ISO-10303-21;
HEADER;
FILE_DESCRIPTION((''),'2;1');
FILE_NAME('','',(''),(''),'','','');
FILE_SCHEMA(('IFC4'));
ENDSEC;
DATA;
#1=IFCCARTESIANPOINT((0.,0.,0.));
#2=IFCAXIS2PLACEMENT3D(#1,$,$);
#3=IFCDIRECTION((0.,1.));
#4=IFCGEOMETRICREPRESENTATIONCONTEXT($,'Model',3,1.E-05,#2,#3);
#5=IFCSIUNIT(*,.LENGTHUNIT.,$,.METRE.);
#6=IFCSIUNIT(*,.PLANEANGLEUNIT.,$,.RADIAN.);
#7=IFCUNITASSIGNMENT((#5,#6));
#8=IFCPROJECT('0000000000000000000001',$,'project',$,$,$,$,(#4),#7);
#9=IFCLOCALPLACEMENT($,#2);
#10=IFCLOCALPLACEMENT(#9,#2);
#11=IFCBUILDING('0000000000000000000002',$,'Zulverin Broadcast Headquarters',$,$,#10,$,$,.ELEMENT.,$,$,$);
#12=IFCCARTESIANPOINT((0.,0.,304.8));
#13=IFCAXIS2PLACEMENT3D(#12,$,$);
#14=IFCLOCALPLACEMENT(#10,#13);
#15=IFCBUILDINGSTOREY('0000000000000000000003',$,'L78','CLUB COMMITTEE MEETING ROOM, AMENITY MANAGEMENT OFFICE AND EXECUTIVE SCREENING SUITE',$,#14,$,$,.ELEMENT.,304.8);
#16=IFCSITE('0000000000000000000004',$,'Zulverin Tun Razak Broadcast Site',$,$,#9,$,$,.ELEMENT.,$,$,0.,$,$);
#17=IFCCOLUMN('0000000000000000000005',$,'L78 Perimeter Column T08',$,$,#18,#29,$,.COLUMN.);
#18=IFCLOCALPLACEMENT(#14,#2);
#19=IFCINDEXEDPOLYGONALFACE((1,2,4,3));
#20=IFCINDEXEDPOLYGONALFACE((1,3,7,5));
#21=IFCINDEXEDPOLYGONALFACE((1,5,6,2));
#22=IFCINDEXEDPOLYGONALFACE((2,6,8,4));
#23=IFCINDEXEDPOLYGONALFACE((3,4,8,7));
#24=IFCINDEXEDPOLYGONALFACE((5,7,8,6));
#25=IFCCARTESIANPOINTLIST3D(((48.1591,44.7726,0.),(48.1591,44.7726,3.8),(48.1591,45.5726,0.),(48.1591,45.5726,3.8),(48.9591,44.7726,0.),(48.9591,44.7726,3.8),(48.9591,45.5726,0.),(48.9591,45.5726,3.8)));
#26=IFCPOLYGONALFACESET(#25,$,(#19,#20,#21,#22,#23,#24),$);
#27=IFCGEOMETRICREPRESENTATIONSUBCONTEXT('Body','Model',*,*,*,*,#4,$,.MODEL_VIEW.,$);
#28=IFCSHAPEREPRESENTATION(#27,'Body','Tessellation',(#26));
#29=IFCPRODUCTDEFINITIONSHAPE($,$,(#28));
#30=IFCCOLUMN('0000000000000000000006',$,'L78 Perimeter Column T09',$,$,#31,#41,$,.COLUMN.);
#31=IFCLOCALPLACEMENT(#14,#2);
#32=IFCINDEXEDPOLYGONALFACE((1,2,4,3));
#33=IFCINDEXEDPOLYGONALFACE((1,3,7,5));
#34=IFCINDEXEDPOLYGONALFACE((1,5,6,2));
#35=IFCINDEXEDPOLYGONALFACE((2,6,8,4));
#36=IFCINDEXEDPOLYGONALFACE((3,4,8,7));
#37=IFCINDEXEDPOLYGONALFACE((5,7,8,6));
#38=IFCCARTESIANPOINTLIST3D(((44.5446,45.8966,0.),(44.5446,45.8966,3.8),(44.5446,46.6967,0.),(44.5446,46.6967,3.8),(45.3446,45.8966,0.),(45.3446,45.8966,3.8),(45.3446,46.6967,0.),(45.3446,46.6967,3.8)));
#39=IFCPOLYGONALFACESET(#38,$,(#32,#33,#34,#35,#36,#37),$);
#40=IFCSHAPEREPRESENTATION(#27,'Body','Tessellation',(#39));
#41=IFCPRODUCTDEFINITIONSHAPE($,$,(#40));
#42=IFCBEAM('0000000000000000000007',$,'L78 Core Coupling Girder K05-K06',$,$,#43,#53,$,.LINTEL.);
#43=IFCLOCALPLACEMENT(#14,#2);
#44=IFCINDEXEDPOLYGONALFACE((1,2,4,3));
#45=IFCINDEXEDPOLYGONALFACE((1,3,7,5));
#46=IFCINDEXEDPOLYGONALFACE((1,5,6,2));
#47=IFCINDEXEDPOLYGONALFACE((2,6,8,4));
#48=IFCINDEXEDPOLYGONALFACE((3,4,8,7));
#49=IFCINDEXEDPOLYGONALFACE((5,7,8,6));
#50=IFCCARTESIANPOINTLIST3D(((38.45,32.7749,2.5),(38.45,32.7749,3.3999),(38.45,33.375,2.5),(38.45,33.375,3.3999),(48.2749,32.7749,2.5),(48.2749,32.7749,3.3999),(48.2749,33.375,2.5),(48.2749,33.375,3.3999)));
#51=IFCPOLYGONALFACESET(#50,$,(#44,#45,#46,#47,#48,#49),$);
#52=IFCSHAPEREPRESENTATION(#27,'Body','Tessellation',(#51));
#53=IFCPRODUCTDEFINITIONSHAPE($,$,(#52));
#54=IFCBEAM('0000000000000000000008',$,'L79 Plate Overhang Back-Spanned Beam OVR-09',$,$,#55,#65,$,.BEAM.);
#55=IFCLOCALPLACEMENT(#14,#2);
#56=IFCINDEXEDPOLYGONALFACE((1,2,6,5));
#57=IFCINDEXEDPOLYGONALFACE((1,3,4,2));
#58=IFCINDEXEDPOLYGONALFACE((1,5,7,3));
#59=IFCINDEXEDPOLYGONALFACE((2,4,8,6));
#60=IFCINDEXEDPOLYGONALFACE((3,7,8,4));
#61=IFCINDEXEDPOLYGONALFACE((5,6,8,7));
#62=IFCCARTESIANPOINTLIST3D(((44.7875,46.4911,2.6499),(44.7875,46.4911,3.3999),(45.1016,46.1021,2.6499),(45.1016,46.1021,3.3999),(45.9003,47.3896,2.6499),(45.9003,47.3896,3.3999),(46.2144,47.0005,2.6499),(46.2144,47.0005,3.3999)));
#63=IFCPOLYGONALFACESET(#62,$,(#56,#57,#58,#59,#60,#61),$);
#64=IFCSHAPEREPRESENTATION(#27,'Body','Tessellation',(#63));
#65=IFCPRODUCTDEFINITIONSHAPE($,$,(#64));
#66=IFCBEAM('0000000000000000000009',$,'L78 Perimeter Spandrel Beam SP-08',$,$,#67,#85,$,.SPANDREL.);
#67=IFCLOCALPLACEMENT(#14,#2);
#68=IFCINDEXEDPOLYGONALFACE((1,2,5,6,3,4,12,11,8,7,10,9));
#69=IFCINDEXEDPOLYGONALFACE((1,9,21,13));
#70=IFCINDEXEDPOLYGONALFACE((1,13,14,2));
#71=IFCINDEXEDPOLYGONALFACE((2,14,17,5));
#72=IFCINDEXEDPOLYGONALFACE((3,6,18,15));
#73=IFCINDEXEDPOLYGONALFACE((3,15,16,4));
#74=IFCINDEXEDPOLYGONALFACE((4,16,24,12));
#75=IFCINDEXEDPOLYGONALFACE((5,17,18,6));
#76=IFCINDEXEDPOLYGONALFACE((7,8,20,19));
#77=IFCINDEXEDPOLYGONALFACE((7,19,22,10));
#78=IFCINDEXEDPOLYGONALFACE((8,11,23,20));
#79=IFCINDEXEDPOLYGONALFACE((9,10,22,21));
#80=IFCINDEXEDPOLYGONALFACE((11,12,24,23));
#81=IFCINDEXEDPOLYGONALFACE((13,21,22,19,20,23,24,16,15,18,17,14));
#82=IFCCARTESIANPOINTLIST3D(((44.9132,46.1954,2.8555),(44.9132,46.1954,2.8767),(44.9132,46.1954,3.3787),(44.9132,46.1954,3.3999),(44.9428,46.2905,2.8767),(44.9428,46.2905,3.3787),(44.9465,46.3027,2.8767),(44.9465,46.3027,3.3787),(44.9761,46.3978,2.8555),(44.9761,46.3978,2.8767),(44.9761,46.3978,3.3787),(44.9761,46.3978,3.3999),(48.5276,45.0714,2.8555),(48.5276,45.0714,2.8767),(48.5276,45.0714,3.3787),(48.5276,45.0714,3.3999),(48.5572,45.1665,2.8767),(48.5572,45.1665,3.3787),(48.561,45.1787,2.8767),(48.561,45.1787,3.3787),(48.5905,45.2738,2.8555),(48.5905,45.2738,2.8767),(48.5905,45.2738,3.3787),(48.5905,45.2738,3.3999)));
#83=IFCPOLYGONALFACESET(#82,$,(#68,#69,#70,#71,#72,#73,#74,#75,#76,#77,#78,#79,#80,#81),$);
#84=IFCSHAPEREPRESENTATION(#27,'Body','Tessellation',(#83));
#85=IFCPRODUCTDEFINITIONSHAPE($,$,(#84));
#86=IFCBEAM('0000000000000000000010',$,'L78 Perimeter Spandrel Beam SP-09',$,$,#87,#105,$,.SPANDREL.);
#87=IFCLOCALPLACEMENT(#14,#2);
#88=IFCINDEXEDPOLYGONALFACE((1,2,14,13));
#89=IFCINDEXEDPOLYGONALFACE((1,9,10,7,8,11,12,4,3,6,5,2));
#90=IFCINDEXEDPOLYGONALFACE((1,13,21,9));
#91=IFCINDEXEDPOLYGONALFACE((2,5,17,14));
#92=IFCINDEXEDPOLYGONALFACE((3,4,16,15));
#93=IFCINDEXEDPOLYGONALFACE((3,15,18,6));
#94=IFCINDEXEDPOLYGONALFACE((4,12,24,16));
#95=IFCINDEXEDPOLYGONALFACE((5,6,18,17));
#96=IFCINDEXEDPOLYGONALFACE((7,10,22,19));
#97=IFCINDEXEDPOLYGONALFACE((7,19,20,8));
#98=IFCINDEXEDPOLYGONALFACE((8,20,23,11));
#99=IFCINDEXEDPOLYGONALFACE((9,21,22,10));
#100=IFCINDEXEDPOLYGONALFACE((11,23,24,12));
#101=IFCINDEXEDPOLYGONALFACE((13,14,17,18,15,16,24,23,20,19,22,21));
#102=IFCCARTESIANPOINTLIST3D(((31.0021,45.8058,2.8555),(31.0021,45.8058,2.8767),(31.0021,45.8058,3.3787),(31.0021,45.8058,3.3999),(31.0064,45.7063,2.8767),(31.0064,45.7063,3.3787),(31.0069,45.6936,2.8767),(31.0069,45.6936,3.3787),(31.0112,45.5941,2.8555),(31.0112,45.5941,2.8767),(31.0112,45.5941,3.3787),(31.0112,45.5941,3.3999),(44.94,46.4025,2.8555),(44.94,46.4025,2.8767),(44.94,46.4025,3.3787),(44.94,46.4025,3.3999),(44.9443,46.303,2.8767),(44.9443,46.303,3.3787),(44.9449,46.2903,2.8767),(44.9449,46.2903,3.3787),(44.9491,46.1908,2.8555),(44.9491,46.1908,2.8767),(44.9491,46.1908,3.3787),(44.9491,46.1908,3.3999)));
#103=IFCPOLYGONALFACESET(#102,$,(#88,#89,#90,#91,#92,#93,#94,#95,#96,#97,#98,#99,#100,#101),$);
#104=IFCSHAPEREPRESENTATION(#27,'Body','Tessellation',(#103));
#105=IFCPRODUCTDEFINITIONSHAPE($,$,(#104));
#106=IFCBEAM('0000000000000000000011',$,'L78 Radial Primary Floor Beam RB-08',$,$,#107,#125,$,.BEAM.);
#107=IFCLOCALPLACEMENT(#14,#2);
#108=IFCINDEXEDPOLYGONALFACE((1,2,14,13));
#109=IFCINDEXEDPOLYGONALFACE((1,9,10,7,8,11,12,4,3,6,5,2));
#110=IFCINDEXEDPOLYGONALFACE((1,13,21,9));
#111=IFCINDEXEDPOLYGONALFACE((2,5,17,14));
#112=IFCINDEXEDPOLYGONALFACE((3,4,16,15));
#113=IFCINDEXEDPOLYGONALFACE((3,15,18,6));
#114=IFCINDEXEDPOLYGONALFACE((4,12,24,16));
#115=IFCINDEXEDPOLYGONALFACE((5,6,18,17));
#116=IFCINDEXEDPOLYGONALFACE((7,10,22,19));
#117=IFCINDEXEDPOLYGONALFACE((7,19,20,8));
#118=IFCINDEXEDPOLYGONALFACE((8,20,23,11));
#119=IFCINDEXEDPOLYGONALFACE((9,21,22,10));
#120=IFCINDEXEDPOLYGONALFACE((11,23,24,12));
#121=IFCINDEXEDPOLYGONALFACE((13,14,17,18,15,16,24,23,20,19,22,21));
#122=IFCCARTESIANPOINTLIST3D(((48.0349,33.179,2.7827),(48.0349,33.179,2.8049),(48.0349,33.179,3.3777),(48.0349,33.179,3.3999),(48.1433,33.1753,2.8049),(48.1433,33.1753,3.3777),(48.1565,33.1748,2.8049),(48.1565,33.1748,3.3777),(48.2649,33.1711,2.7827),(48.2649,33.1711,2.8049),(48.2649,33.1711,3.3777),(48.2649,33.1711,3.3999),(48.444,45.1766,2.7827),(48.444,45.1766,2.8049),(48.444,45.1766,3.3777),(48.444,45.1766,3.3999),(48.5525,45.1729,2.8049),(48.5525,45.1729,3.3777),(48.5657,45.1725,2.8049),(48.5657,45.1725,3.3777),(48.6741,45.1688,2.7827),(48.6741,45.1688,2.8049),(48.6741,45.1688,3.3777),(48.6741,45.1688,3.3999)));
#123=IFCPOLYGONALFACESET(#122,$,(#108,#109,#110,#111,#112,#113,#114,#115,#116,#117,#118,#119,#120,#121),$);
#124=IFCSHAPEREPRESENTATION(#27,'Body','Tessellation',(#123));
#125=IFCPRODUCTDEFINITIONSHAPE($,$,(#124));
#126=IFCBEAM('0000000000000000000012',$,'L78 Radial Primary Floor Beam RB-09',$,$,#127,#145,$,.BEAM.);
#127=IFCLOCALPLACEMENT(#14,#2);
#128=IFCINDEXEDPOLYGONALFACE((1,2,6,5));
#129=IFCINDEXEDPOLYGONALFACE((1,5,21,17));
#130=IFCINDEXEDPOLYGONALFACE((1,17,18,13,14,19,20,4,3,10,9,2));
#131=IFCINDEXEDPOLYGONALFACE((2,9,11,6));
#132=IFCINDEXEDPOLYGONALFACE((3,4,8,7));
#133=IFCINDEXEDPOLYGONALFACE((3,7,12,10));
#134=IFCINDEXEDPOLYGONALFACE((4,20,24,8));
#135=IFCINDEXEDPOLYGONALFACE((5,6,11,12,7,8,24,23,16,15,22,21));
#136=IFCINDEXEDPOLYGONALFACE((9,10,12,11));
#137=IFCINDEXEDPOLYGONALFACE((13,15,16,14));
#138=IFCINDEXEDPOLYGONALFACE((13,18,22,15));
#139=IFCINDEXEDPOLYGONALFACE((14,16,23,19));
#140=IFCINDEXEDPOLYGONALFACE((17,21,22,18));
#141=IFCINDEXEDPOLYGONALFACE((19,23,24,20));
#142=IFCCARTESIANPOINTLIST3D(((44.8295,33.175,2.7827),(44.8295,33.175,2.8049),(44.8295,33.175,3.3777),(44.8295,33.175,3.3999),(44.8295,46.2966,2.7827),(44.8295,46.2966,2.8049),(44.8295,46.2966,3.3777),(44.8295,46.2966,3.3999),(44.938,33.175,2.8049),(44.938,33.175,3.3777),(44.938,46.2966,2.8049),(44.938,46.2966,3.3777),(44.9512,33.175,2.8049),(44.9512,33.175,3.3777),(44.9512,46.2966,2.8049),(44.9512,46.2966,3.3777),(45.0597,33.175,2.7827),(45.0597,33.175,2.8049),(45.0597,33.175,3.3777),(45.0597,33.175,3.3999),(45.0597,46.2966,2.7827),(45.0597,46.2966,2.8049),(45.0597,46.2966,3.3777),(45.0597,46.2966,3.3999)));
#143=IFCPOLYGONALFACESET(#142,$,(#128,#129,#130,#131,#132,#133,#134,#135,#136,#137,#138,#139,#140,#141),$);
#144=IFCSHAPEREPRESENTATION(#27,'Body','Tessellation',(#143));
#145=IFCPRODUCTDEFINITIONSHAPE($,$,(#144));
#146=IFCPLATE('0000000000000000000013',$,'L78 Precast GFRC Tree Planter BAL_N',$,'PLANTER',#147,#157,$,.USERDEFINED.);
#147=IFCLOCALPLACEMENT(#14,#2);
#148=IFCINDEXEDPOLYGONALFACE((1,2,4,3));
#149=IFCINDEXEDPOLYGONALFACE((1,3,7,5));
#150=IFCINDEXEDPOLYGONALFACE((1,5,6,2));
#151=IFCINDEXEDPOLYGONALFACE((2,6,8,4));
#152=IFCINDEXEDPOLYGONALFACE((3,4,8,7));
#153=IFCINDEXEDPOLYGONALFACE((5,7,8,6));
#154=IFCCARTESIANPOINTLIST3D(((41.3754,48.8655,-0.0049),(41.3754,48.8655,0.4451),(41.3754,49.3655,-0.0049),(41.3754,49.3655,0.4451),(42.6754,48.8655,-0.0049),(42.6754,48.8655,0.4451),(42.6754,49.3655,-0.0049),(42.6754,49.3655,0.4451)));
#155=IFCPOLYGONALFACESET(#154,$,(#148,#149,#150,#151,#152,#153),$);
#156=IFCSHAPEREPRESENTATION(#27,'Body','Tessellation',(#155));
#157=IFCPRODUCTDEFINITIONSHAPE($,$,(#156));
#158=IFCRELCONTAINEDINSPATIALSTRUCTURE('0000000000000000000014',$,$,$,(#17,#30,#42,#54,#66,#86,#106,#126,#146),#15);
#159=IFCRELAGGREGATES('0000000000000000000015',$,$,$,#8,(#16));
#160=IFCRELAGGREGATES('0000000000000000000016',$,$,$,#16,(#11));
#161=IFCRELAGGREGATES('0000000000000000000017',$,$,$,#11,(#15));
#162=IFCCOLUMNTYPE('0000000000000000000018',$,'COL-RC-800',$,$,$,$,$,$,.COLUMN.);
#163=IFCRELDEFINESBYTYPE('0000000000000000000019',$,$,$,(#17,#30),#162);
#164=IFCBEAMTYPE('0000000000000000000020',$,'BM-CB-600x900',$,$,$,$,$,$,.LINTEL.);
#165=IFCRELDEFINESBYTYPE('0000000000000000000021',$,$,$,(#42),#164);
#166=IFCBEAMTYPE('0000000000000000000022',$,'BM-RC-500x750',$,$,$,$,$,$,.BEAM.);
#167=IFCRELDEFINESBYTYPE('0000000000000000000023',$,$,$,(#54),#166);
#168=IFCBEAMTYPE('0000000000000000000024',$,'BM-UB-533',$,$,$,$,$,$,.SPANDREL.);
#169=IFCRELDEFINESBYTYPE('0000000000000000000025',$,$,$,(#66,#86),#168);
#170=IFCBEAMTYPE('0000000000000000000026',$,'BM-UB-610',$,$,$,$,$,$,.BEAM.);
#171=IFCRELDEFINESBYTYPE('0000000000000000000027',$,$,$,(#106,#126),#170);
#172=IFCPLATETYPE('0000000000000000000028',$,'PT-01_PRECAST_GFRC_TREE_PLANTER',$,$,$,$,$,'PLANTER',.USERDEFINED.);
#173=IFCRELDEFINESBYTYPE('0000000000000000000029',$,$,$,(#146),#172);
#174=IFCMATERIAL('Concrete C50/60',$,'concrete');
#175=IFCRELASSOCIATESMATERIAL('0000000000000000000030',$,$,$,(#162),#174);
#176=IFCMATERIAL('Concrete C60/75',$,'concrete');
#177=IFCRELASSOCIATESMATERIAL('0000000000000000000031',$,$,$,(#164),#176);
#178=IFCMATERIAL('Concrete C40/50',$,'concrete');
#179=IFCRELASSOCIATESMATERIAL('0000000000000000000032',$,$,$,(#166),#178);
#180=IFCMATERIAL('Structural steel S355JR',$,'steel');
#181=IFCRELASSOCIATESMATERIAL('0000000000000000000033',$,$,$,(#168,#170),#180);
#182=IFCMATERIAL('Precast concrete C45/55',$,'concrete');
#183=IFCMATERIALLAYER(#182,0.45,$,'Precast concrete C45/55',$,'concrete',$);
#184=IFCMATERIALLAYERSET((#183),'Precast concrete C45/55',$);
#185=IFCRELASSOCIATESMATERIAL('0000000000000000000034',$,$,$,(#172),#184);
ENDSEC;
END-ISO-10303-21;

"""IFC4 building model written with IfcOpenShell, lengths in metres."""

from ifc_helpers import new_model, si_unit, direction, frame, origin, origin_2d, place, context, subcontext, project, spatial, rectangle, i_section, extrude, material, layer, layer_set, material_profile, profile_set, type_object, element, save


model = new_model("IFC4")

# Units and contexts
model_context = context("Model", 3, precision=1e-05, world=origin(), true_north=direction((0.0, 1.0)))
body_context = subcontext(model_context, "Body", "Model", "MODEL_VIEW")
ifc_project = project(units=[si_unit("LENGTHUNIT", "METRE"), si_unit("PLANEANGLEUNIT", "RADIAN")], contexts=[model_context])

# Site, building, storey
site_placement = place(None, origin())
site = spatial("IfcSite", under=ifc_project, at=site_placement, Name="Zulverin Tun Razak Broadcast Site", CompositionType="ELEMENT", RefElevation=0.0)
building_placement = place(site_placement, origin())
building = spatial("IfcBuilding", under=site, at=building_placement, Name="Zulverin Broadcast Headquarters", CompositionType="ELEMENT")
storey_placement = place(building_placement, frame((0.0, 0.0, 304.8)))
storey = spatial("IfcBuildingStorey", under=building, at=storey_placement, Name="L78", Description="CLUB COMMITTEE MEETING ROOM, AMENITY MANAGEMENT OFFICE AND EXECUTIVE SCREENING SUITE", CompositionType="ELEMENT", Elevation=304.8)

# Columns
ifc_material_1 = material(Name="Concrete C50/60", Category="concrete")
ifc_material_profile_1 = material_profile(ifc_material_1, rectangle(XDim=0.8, YDim=0.8, at=origin_2d()), Name="Concrete C50/60", Category="concrete")
ifc_profile_set_1 = profile_set([ifc_material_profile_1], Name="Concrete C50/60")
column_type = type_object("IfcColumnType", Name="COL-RC-800", PredefinedType="COLUMN", material=ifc_profile_set_1)
for number, where, z_axis, x_axis, name in (
    (1, (48.5591, 45.1726, 0.0), (0.0, 0.0, 1.0), (1.0, 0.0, 0.0), "L78 Perimeter Column T08"),
    (2, (44.9446, 46.2966, 0.0), (0.0, 0.0, 1.0), (1.0, 0.0, 0.0), "L78 Perimeter Column T09"),
):
    element("IfcColumn", number, at=place(storey_placement, frame(where, z_axis=z_axis, x_axis=x_axis)), inside=storey, type_object=column_type, Name=name, PredefinedType="COLUMN", context=body_context, shape_type="SweptSolid", body=[
        extrude(rectangle(XDim=0.8, YDim=0.8, at=origin_2d()), origin(), (0.0, 0.0, 1.0), 3.8),
    ])

# Beams
ifc_material_2 = material(Name="Concrete C60/75", Category="concrete")
ifc_material_profile_2 = material_profile(ifc_material_2, rectangle(XDim=0.6001, YDim=0.8999, at=origin_2d()), Name="Concrete C60/75", Category="concrete")
ifc_profile_set_2 = profile_set([ifc_material_profile_2], Name="Concrete C60/75")
beam_type_1 = type_object("IfcBeamType", Name="BM-CB-600x900", PredefinedType="LINTEL", material=ifc_profile_set_2)
beam_1_placement = place(storey_placement, frame((48.2749, 33.075, 2.95), z_axis=(-1.0, 0.0, 0.0), x_axis=(0.0, -1.0, 0.0)))
element("IfcBeam", 3, at=beam_1_placement, inside=storey, type_object=beam_type_1, Name="L78 Core Coupling Girder K05-K06", PredefinedType="LINTEL", context=body_context, shape_type="SweptSolid", body=[
    extrude(rectangle(XDim=0.6001, YDim=0.8999, at=origin_2d()), origin(), (0.0, 0.0, 1.0), 9.825),
])
ifc_material_3 = material(Name="Concrete C40/50", Category="concrete")
ifc_material_profile_3 = material_profile(ifc_material_3, rectangle(XDim=0.5, YDim=0.75, at=origin_2d()), Name="Concrete C40/50", Category="concrete")
ifc_profile_set_3 = profile_set([ifc_material_profile_3], Name="Concrete C40/50")
beam_type_2 = type_object("IfcBeamType", Name="BM-RC-500x750", PredefinedType="BEAM", material=ifc_profile_set_3)
beam_2_placement = place(storey_placement, frame((44.9446, 46.2966, 3.0249), z_axis=(0.778063, 0.628186, 0.0), x_axis=(-0.628186, 0.778063, 0.0)))
element("IfcBeam", 4, at=beam_2_placement, inside=storey, type_object=beam_type_2, Name="L79 Plate Overhang Back-Spanned Beam OVR-09", PredefinedType="BEAM", context=body_context, shape_type="SweptSolid", body=[
    extrude(rectangle(XDim=0.5, YDim=0.75, at=origin_2d()), origin(), (0.0, 0.0, 1.0), 1.4302),
])
ifc_material_4 = material(Name="Structural steel S355JR", Category="steel")
ifc_material_profile_4 = material_profile(ifc_material_4, i_section(OverallWidth=0.2119, OverallDepth=0.5444, WebThickness=0.0127, FlangeThickness=0.0212, at=origin_2d()), Name="Structural steel S355JR", Category="steel")
ifc_profile_set_4 = profile_set([ifc_material_profile_4], Name="Structural steel S355JR")
beam_type_3 = type_object("IfcBeamType", Name="BM-UB-533", PredefinedType="SPANDREL", material=ifc_profile_set_4)
beam_3_placement = place(storey_placement, frame((48.5591, 45.1726, 3.1277), z_axis=(-0.954893, 0.296949, 0.0), x_axis=(-0.296949, -0.954893, 0.0)))
element("IfcBeam", 5, at=beam_3_placement, inside=storey, type_object=beam_type_3, Name="L78 Perimeter Spandrel Beam SP-08", PredefinedType="SPANDREL", context=body_context, shape_type="SweptSolid", body=[
    extrude(i_section(OverallWidth=0.2119, OverallDepth=0.5444, WebThickness=0.0127, FlangeThickness=0.0212, at=origin_2d()), origin(), (0.0, 0.0, 1.0), 3.7852),
])
beam_4_placement = place(storey_placement, frame((44.9446, 46.2966, 3.1277), z_axis=(-0.999085, -0.04277, 0.0), x_axis=(0.04277, -0.999085, 0.0)))
element("IfcBeam", 6, at=beam_4_placement, inside=storey, type_object=beam_type_3, Name="L78 Perimeter Spandrel Beam SP-09", PredefinedType="SPANDREL", context=body_context, shape_type="SweptSolid", body=[
    extrude(i_section(OverallWidth=0.2119, OverallDepth=0.5444, WebThickness=0.0127, FlangeThickness=0.0212, at=origin_2d()), origin(), (0.0, 0.0, 1.0), 13.9507),
])
ifc_material_profile_5 = material_profile(ifc_material_4, i_section(OverallWidth=0.2302, OverallDepth=0.6172, WebThickness=0.0132, FlangeThickness=0.0222, at=origin_2d()), Name="Structural steel S355JR", Category="steel")
ifc_profile_set_5 = profile_set([ifc_material_profile_5], Name="Structural steel S355JR")
beam_type_4 = type_object("IfcBeamType", Name="BM-UB-610", PredefinedType="BEAM", material=ifc_profile_set_5)
beam_5_placement = place(storey_placement, frame((48.1499, 33.175, 3.0913), z_axis=(0.034085, 0.999419, 0.0), x_axis=(-0.999419, 0.034085, 0.0)))
element("IfcBeam", 7, at=beam_5_placement, inside=storey, type_object=beam_type_4, Name="L78 Radial Primary Floor Beam RB-08", PredefinedType="BEAM", context=body_context, shape_type="SweptSolid", body=[
    extrude(i_section(OverallWidth=0.2302, OverallDepth=0.6172, WebThickness=0.0132, FlangeThickness=0.0222, at=origin_2d()), origin(), (0.0, 0.0, 1.0), 12.0046),
])
beam_6_placement = place(storey_placement, frame((44.9446, 33.175, 3.0913), z_axis=(0.0, 1.0, 0.0), x_axis=(-1.0, 0.0, 0.0)))
element("IfcBeam", 8, at=beam_6_placement, inside=storey, type_object=beam_type_4, Name="L78 Radial Primary Floor Beam RB-09", PredefinedType="BEAM", context=body_context, shape_type="SweptSolid", body=[
    extrude(i_section(OverallWidth=0.2302, OverallDepth=0.6172, WebThickness=0.0132, FlangeThickness=0.0222, at=origin_2d()), origin(), (0.0, 0.0, 1.0), 13.1216),
])

# Plate
ifc_material_5 = material(Name="Precast concrete C45/55", Category="concrete")
ifc_layer_1 = layer(ifc_material_5, 0.45, Name="Precast concrete C45/55", Category="concrete")
ifc_layer_set_1 = layer_set([ifc_layer_1], Name="Precast concrete C45/55")
plate_type = type_object("IfcPlateType", Name="PT-01_PRECAST_GFRC_TREE_PLANTER", ElementType="PLANTER", PredefinedType="USERDEFINED", material=ifc_layer_set_1)
plate_placement = place(storey_placement, frame((42.0254, 49.1155, -0.0049), z_axis=(0.0, 0.0, 1.0), x_axis=(1.0, 0.0, 0.0)))
element("IfcPlate", 9, at=plate_placement, inside=storey, type_object=plate_type, Name="L78 Precast GFRC Tree Planter BAL_N", ObjectType="PLANTER", PredefinedType="USERDEFINED", context=body_context, shape_type="SweptSolid", body=[
    extrude(rectangle(XDim=1.3, YDim=0.5, at=origin_2d()), origin(), (0.0, 0.0, 1.0), 0.45),
])

save(model, "model.ifc")
